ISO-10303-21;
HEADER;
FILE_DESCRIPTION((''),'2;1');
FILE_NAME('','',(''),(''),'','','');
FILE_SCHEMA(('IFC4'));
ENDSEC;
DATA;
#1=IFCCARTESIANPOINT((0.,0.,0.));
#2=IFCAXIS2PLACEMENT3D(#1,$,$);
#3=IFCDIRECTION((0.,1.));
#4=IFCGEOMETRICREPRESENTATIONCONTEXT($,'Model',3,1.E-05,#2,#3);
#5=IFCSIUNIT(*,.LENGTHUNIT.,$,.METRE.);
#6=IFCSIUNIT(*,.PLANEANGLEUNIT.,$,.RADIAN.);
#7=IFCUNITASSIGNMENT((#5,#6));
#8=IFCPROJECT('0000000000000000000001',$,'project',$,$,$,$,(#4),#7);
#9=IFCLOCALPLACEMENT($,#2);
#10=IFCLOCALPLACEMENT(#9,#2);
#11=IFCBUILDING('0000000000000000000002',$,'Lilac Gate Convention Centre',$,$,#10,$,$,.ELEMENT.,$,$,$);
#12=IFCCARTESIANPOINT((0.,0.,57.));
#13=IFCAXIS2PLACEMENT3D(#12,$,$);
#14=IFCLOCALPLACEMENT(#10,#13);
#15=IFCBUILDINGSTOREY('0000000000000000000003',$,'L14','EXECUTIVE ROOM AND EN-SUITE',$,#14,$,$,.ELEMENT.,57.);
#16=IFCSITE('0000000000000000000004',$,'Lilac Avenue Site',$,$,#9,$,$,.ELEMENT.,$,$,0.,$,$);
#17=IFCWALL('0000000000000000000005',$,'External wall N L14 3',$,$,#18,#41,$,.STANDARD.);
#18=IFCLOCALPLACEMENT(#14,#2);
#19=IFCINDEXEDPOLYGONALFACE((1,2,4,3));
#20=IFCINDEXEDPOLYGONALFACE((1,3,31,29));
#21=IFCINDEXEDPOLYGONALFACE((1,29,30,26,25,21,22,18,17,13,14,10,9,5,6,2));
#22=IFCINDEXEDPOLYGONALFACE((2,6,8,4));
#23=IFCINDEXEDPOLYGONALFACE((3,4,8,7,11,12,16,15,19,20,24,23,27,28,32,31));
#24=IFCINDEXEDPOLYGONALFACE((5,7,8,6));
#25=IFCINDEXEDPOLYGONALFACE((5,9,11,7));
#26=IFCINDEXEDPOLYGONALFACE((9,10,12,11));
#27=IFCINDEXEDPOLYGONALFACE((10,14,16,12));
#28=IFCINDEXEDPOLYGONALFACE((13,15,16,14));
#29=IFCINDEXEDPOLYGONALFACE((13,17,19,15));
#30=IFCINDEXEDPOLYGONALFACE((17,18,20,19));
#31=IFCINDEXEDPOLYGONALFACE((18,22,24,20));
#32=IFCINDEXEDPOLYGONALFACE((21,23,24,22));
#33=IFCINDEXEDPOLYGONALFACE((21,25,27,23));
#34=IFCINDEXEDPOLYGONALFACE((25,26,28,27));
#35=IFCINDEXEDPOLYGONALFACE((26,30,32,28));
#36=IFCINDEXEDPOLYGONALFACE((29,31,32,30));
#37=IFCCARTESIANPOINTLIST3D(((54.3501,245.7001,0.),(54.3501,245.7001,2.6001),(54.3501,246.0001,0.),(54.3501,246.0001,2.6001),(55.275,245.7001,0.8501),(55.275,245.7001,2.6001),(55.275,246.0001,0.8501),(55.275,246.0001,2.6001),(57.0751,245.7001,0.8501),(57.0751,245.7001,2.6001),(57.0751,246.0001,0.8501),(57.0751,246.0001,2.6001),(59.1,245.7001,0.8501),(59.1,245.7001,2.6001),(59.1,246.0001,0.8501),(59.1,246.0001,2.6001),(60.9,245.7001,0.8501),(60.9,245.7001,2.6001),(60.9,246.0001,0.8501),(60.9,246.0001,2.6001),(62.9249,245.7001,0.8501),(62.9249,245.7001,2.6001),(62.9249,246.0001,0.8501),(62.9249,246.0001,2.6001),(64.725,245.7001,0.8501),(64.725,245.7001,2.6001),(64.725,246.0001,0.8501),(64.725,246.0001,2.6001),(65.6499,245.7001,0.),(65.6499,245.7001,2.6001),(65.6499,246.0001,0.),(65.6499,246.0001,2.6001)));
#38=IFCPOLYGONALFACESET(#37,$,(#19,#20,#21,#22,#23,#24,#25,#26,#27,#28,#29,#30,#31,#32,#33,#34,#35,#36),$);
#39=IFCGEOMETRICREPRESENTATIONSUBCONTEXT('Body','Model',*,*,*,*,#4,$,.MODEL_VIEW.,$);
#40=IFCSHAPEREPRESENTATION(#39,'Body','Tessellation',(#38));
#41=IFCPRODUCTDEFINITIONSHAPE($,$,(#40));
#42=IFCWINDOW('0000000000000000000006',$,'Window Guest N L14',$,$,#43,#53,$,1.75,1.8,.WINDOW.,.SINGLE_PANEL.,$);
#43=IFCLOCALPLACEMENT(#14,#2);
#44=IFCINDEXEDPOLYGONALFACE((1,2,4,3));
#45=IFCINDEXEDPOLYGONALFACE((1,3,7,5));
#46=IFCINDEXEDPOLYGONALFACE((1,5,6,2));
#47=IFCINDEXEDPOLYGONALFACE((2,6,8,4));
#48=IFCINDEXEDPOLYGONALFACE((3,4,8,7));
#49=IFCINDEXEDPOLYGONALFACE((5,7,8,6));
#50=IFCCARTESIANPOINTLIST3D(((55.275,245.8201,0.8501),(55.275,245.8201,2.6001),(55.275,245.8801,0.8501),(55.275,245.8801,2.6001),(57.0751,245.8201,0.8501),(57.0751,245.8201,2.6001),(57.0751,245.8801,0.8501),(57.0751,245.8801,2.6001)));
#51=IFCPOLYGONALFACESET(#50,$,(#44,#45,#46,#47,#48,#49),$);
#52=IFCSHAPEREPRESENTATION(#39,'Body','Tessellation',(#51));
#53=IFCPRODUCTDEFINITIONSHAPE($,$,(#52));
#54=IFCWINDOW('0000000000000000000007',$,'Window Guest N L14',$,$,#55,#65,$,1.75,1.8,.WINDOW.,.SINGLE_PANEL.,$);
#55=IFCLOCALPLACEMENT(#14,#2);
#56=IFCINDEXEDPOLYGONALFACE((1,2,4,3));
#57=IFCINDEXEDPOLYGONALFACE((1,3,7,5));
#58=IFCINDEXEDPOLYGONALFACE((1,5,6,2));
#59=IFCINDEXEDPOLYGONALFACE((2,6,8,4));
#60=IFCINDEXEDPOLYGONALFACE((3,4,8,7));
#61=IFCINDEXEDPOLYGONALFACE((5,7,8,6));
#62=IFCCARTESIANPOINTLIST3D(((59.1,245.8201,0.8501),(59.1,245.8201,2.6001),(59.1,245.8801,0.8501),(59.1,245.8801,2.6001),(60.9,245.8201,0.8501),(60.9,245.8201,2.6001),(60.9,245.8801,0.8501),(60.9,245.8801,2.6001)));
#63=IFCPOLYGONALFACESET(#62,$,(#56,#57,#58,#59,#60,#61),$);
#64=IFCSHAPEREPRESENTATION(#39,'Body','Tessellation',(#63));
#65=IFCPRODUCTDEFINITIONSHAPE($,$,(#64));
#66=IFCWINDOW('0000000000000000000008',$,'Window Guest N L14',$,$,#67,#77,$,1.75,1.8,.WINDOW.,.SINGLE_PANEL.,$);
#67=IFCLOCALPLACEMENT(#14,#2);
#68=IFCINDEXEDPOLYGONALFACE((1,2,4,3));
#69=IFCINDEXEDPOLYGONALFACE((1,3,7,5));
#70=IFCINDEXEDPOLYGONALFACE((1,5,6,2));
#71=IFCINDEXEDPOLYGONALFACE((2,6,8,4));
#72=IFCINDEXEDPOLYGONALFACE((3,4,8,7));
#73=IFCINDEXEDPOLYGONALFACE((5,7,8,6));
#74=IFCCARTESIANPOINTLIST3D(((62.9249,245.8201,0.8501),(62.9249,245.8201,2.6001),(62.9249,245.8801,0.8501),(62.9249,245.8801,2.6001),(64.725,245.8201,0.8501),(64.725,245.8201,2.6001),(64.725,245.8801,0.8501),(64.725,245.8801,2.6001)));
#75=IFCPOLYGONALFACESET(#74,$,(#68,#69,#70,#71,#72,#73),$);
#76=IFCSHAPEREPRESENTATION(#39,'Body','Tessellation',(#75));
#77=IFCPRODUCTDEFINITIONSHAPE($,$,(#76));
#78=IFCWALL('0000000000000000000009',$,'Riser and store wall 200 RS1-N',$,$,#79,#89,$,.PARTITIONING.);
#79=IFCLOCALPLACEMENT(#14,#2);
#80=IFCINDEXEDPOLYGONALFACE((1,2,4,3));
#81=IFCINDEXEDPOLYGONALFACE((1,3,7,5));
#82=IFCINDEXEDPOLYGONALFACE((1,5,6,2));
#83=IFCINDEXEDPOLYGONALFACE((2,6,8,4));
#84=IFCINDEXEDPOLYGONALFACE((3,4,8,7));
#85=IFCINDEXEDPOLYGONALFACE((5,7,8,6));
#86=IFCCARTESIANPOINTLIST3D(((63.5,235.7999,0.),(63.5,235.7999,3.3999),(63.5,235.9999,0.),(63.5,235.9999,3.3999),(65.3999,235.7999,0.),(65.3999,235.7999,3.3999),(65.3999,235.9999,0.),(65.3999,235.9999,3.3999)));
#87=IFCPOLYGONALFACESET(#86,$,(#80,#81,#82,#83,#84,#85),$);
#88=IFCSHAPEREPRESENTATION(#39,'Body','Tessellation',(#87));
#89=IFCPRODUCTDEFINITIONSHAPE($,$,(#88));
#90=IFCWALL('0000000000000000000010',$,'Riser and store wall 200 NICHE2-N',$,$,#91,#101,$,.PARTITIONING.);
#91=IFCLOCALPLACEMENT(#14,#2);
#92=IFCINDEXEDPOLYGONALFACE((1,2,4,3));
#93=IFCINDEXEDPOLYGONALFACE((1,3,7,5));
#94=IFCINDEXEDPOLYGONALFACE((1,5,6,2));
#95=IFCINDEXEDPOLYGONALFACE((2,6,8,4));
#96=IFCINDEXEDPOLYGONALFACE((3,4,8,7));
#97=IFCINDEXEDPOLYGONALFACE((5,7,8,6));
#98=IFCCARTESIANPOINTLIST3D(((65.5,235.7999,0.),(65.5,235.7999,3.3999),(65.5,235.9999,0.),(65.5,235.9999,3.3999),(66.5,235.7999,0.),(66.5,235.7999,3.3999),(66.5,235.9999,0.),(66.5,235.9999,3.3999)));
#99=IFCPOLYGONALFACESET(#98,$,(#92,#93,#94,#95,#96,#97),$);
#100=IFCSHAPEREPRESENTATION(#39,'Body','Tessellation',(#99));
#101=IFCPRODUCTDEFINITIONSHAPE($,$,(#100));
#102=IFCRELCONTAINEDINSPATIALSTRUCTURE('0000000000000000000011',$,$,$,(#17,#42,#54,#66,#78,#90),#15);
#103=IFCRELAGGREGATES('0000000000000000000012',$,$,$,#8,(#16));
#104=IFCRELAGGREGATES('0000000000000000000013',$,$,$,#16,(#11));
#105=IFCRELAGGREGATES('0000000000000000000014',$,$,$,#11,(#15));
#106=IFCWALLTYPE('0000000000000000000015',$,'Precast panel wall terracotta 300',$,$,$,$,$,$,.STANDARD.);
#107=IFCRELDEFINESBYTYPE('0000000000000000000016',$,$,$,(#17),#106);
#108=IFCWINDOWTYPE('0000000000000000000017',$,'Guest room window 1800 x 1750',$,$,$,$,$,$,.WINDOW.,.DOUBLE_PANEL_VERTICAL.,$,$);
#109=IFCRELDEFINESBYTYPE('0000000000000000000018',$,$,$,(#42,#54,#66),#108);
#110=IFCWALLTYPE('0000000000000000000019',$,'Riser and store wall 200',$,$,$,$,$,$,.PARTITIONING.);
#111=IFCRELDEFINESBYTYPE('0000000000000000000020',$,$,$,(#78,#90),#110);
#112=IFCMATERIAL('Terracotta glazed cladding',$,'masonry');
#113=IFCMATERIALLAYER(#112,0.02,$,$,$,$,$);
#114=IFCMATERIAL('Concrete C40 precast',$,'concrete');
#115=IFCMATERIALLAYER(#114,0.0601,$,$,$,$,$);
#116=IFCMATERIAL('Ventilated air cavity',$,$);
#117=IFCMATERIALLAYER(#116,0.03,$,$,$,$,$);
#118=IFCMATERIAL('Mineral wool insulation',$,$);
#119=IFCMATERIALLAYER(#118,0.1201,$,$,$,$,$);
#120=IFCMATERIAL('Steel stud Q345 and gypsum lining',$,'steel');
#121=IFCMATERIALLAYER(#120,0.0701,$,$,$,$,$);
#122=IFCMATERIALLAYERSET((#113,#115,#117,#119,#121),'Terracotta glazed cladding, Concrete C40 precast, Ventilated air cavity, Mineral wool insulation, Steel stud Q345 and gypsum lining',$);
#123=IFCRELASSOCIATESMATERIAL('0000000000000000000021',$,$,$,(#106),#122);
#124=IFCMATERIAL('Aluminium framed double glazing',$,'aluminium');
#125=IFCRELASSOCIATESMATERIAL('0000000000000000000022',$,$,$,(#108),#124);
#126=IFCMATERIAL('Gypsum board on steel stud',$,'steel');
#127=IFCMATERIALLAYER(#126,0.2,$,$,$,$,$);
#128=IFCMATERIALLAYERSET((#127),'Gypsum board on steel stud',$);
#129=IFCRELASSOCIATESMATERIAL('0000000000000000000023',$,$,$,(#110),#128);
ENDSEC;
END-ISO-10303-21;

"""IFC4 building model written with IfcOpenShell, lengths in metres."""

from ifc_helpers import new_model, si_unit, direction, frame, frame_2d, origin, place, context, subcontext, project, spatial, rectangle, extrude, material, layer, layer_set, type_object, element, fill, save


model = new_model("IFC4")

# Units and contexts
model_context = context("Model", 3, precision=1e-05, world=origin(), true_north=direction((0.0, 1.0)))
body_context = subcontext(model_context, "Body", "Model", "MODEL_VIEW")
ifc_project = project(units=[si_unit("LENGTHUNIT", "METRE"), si_unit("PLANEANGLEUNIT", "RADIAN")], contexts=[model_context])

# Site, building, storey
site_placement = place(None, origin())
site = spatial("IfcSite", under=ifc_project, at=site_placement, Name="Lilac Avenue Site", CompositionType="ELEMENT", RefElevation=0.0)
building_placement = place(site_placement, origin())
building = spatial("IfcBuilding", under=site, at=building_placement, Name="Lilac Gate Convention Centre", CompositionType="ELEMENT")
storey_placement = place(building_placement, frame((0.0, 0.0, 57.0)))
storey = spatial("IfcBuildingStorey", under=building, at=storey_placement, Name="L14", Description="EXECUTIVE ROOM AND EN-SUITE", CompositionType="ELEMENT", Elevation=57.0)

# Shared definitions
ifc_material_1 = material(Name="Gypsum board on steel stud", Category="steel")

# Shared definitions
ifc_material_2 = material(Name="Concrete C40 precast", Category="concrete")

# Wall, openings, windows
ifc_material_3 = material(Name="Terracotta glazed cladding", Category="masonry")
ifc_layer_1 = layer(ifc_material_3, 0.02)
ifc_layer_2 = layer(ifc_material_2, 0.0601)
ifc_material_4 = material(Name="Ventilated air cavity")
ifc_layer_3 = layer(ifc_material_4, 0.03)
ifc_material_5 = material(Name="Mineral wool insulation")
ifc_layer_4 = layer(ifc_material_5, 0.1201)
ifc_material_6 = material(Name="Steel stud Q345 and gypsum lining", Category="steel")
ifc_layer_5 = layer(ifc_material_6, 0.0701)
ifc_layer_set_1 = layer_set([ifc_layer_1, ifc_layer_2, ifc_layer_3, ifc_layer_4, ifc_layer_5], Name="Terracotta glazed cladding, Concrete C40 precast, Ventilated air cavity, Mineral wool insulation, Steel stud Q345 and gypsum lining")
wall_type_1 = type_object("IfcWallType", Name="Precast panel wall terracotta 300", PredefinedType="STANDARD", material=ifc_layer_set_1)
wall_1_placement = place(storey_placement, frame((65.6499, 245.8501, 0.0), z_axis=(0.0, 0.0, 1.0), x_axis=(-1.0, 0.0, 0.0)))
wall_1 = element("IfcWall", 1, at=wall_1_placement, inside=storey, type_object=wall_type_1, Name="External wall N L14 3", PredefinedType="STANDARD", context=body_context, shape_type="SweptSolid", body=[
    extrude(rectangle(XDim=11.2998, YDim=0.3, at=frame_2d((5.6499, 0.0))), origin(), (0.0, 0.0, 1.0), 2.6001),
])
opening_1_placement = place(wall_1_placement, frame((8.575, 0.0, 0.8501)))
opening_1 = element("IfcOpeningElement", 2, at=opening_1_placement, cuts=wall_1, PredefinedType="OPENING", context=body_context, shape_type="SweptSolid", body=[
    extrude(rectangle(XDim=1.8, YDim=1.75, at=frame_2d((0.8999, 0.875))), frame((0.0, 0.1599, 0.0), z_axis=(0.0, -1.0, 0.0), x_axis=(1.0, 0.0, 0.0)), (0.0, 0.0, 1.0), 0.3201),
])
opening_2_placement = place(wall_1_placement, frame((4.75, 0.0, 0.8501)))
opening_2 = element("IfcOpeningElement", 3, at=opening_2_placement, cuts=wall_1, PredefinedType="OPENING", context=body_context, shape_type="SweptSolid", body=[
    extrude(rectangle(XDim=1.8, YDim=1.75, at=frame_2d((0.8999, 0.875))), frame((0.0, 0.1599, 0.0), z_axis=(0.0, -1.0, 0.0), x_axis=(1.0, 0.0, 0.0)), (0.0, 0.0, 1.0), 0.3201),
])
opening_3_placement = place(wall_1_placement, frame((0.925, 0.0, 0.8501)))
opening_3 = element("IfcOpeningElement", 4, at=opening_3_placement, cuts=wall_1, PredefinedType="OPENING", context=body_context, shape_type="SweptSolid", body=[
    extrude(rectangle(XDim=1.8, YDim=1.75, at=frame_2d((0.8999, 0.875))), frame((0.0, 0.1599, 0.0), z_axis=(0.0, -1.0, 0.0), x_axis=(1.0, 0.0, 0.0)), (0.0, 0.0, 1.0), 0.3201),
])
ifc_material_7 = material(Name="Aluminium framed double glazing", Category="aluminium")
window_type = type_object("IfcWindowType", Name="Guest room window 1800 x 1750", PartitioningType="DOUBLE_PANEL_VERTICAL", PredefinedType="WINDOW", material=ifc_material_7)
window_1_placement = place(opening_1_placement, origin())
window_1 = element("IfcWindow", 5, at=window_1_placement, inside=storey, type_object=window_type, Name="Window Guest N L14", OverallHeight=1.75, OverallWidth=1.8, PartitioningType="SINGLE_PANEL", PredefinedType="WINDOW", context=body_context, shape_type="SweptSolid", body=[
    extrude(rectangle(XDim=1.8, YDim=1.75, at=frame_2d((0.8999, 0.875))), frame((0.0, 0.03, 0.0), z_axis=(0.0, -1.0, 0.0), x_axis=(1.0, 0.0, 0.0)), (0.0, 0.0, 1.0), 0.0601),
])
fill(opening_1, window_1)
window_2_placement = place(opening_2_placement, origin())
window_2 = element("IfcWindow", 6, at=window_2_placement, inside=storey, type_object=window_type, Name="Window Guest N L14", OverallHeight=1.75, OverallWidth=1.8, PartitioningType="SINGLE_PANEL", PredefinedType="WINDOW", context=body_context, shape_type="SweptSolid", body=[
    extrude(rectangle(XDim=1.8, YDim=1.75, at=frame_2d((0.8999, 0.875))), frame((0.0, 0.03, 0.0), z_axis=(0.0, -1.0, 0.0), x_axis=(1.0, 0.0, 0.0)), (0.0, 0.0, 1.0), 0.0601),
])
fill(opening_2, window_2)
window_3_placement = place(opening_3_placement, origin())
window_3 = element("IfcWindow", 7, at=window_3_placement, inside=storey, type_object=window_type, Name="Window Guest N L14", OverallHeight=1.75, OverallWidth=1.8, PartitioningType="SINGLE_PANEL", PredefinedType="WINDOW", context=body_context, shape_type="SweptSolid", body=[
    extrude(rectangle(XDim=1.8, YDim=1.75, at=frame_2d((0.8999, 0.875))), frame((0.0, 0.03, 0.0), z_axis=(0.0, -1.0, 0.0), x_axis=(1.0, 0.0, 0.0)), (0.0, 0.0, 1.0), 0.0601),
])
fill(opening_3, window_3)

# Walls
ifc_layer_6 = layer(ifc_material_1, 0.2)
ifc_layer_set_2 = layer_set([ifc_layer_6], Name="Gypsum board on steel stud")
wall_type_2 = type_object("IfcWallType", Name="Riser and store wall 200", PredefinedType="PARTITIONING", material=ifc_layer_set_2)
wall_2_placement = place(storey_placement, frame((63.5, 235.8999, 0.0), z_axis=(0.0, 0.0, 1.0), x_axis=(1.0, 0.0, 0.0)))
element("IfcWall", 8, at=wall_2_placement, inside=storey, type_object=wall_type_2, Name="Riser and store wall 200 RS1-N", PredefinedType="PARTITIONING", context=body_context, shape_type="SweptSolid", body=[
    extrude(rectangle(XDim=1.8999, YDim=0.2, at=frame_2d((0.95, 0.0))), origin(), (0.0, 0.0, 1.0), 3.3999),
])
wall_3_placement = place(storey_placement, frame((65.5, 235.8999, 0.0), z_axis=(0.0, 0.0, 1.0), x_axis=(1.0, 0.0, 0.0)))
element("IfcWall", 9, at=wall_3_placement, inside=storey, type_object=wall_type_2, Name="Riser and store wall 200 NICHE2-N", PredefinedType="PARTITIONING", context=body_context, shape_type="SweptSolid", body=[
    extrude(rectangle(XDim=1.0, YDim=0.2, at=frame_2d((0.5, 0.0))), origin(), (0.0, 0.0, 1.0), 3.3999),
])

save(model, "model.ifc")
